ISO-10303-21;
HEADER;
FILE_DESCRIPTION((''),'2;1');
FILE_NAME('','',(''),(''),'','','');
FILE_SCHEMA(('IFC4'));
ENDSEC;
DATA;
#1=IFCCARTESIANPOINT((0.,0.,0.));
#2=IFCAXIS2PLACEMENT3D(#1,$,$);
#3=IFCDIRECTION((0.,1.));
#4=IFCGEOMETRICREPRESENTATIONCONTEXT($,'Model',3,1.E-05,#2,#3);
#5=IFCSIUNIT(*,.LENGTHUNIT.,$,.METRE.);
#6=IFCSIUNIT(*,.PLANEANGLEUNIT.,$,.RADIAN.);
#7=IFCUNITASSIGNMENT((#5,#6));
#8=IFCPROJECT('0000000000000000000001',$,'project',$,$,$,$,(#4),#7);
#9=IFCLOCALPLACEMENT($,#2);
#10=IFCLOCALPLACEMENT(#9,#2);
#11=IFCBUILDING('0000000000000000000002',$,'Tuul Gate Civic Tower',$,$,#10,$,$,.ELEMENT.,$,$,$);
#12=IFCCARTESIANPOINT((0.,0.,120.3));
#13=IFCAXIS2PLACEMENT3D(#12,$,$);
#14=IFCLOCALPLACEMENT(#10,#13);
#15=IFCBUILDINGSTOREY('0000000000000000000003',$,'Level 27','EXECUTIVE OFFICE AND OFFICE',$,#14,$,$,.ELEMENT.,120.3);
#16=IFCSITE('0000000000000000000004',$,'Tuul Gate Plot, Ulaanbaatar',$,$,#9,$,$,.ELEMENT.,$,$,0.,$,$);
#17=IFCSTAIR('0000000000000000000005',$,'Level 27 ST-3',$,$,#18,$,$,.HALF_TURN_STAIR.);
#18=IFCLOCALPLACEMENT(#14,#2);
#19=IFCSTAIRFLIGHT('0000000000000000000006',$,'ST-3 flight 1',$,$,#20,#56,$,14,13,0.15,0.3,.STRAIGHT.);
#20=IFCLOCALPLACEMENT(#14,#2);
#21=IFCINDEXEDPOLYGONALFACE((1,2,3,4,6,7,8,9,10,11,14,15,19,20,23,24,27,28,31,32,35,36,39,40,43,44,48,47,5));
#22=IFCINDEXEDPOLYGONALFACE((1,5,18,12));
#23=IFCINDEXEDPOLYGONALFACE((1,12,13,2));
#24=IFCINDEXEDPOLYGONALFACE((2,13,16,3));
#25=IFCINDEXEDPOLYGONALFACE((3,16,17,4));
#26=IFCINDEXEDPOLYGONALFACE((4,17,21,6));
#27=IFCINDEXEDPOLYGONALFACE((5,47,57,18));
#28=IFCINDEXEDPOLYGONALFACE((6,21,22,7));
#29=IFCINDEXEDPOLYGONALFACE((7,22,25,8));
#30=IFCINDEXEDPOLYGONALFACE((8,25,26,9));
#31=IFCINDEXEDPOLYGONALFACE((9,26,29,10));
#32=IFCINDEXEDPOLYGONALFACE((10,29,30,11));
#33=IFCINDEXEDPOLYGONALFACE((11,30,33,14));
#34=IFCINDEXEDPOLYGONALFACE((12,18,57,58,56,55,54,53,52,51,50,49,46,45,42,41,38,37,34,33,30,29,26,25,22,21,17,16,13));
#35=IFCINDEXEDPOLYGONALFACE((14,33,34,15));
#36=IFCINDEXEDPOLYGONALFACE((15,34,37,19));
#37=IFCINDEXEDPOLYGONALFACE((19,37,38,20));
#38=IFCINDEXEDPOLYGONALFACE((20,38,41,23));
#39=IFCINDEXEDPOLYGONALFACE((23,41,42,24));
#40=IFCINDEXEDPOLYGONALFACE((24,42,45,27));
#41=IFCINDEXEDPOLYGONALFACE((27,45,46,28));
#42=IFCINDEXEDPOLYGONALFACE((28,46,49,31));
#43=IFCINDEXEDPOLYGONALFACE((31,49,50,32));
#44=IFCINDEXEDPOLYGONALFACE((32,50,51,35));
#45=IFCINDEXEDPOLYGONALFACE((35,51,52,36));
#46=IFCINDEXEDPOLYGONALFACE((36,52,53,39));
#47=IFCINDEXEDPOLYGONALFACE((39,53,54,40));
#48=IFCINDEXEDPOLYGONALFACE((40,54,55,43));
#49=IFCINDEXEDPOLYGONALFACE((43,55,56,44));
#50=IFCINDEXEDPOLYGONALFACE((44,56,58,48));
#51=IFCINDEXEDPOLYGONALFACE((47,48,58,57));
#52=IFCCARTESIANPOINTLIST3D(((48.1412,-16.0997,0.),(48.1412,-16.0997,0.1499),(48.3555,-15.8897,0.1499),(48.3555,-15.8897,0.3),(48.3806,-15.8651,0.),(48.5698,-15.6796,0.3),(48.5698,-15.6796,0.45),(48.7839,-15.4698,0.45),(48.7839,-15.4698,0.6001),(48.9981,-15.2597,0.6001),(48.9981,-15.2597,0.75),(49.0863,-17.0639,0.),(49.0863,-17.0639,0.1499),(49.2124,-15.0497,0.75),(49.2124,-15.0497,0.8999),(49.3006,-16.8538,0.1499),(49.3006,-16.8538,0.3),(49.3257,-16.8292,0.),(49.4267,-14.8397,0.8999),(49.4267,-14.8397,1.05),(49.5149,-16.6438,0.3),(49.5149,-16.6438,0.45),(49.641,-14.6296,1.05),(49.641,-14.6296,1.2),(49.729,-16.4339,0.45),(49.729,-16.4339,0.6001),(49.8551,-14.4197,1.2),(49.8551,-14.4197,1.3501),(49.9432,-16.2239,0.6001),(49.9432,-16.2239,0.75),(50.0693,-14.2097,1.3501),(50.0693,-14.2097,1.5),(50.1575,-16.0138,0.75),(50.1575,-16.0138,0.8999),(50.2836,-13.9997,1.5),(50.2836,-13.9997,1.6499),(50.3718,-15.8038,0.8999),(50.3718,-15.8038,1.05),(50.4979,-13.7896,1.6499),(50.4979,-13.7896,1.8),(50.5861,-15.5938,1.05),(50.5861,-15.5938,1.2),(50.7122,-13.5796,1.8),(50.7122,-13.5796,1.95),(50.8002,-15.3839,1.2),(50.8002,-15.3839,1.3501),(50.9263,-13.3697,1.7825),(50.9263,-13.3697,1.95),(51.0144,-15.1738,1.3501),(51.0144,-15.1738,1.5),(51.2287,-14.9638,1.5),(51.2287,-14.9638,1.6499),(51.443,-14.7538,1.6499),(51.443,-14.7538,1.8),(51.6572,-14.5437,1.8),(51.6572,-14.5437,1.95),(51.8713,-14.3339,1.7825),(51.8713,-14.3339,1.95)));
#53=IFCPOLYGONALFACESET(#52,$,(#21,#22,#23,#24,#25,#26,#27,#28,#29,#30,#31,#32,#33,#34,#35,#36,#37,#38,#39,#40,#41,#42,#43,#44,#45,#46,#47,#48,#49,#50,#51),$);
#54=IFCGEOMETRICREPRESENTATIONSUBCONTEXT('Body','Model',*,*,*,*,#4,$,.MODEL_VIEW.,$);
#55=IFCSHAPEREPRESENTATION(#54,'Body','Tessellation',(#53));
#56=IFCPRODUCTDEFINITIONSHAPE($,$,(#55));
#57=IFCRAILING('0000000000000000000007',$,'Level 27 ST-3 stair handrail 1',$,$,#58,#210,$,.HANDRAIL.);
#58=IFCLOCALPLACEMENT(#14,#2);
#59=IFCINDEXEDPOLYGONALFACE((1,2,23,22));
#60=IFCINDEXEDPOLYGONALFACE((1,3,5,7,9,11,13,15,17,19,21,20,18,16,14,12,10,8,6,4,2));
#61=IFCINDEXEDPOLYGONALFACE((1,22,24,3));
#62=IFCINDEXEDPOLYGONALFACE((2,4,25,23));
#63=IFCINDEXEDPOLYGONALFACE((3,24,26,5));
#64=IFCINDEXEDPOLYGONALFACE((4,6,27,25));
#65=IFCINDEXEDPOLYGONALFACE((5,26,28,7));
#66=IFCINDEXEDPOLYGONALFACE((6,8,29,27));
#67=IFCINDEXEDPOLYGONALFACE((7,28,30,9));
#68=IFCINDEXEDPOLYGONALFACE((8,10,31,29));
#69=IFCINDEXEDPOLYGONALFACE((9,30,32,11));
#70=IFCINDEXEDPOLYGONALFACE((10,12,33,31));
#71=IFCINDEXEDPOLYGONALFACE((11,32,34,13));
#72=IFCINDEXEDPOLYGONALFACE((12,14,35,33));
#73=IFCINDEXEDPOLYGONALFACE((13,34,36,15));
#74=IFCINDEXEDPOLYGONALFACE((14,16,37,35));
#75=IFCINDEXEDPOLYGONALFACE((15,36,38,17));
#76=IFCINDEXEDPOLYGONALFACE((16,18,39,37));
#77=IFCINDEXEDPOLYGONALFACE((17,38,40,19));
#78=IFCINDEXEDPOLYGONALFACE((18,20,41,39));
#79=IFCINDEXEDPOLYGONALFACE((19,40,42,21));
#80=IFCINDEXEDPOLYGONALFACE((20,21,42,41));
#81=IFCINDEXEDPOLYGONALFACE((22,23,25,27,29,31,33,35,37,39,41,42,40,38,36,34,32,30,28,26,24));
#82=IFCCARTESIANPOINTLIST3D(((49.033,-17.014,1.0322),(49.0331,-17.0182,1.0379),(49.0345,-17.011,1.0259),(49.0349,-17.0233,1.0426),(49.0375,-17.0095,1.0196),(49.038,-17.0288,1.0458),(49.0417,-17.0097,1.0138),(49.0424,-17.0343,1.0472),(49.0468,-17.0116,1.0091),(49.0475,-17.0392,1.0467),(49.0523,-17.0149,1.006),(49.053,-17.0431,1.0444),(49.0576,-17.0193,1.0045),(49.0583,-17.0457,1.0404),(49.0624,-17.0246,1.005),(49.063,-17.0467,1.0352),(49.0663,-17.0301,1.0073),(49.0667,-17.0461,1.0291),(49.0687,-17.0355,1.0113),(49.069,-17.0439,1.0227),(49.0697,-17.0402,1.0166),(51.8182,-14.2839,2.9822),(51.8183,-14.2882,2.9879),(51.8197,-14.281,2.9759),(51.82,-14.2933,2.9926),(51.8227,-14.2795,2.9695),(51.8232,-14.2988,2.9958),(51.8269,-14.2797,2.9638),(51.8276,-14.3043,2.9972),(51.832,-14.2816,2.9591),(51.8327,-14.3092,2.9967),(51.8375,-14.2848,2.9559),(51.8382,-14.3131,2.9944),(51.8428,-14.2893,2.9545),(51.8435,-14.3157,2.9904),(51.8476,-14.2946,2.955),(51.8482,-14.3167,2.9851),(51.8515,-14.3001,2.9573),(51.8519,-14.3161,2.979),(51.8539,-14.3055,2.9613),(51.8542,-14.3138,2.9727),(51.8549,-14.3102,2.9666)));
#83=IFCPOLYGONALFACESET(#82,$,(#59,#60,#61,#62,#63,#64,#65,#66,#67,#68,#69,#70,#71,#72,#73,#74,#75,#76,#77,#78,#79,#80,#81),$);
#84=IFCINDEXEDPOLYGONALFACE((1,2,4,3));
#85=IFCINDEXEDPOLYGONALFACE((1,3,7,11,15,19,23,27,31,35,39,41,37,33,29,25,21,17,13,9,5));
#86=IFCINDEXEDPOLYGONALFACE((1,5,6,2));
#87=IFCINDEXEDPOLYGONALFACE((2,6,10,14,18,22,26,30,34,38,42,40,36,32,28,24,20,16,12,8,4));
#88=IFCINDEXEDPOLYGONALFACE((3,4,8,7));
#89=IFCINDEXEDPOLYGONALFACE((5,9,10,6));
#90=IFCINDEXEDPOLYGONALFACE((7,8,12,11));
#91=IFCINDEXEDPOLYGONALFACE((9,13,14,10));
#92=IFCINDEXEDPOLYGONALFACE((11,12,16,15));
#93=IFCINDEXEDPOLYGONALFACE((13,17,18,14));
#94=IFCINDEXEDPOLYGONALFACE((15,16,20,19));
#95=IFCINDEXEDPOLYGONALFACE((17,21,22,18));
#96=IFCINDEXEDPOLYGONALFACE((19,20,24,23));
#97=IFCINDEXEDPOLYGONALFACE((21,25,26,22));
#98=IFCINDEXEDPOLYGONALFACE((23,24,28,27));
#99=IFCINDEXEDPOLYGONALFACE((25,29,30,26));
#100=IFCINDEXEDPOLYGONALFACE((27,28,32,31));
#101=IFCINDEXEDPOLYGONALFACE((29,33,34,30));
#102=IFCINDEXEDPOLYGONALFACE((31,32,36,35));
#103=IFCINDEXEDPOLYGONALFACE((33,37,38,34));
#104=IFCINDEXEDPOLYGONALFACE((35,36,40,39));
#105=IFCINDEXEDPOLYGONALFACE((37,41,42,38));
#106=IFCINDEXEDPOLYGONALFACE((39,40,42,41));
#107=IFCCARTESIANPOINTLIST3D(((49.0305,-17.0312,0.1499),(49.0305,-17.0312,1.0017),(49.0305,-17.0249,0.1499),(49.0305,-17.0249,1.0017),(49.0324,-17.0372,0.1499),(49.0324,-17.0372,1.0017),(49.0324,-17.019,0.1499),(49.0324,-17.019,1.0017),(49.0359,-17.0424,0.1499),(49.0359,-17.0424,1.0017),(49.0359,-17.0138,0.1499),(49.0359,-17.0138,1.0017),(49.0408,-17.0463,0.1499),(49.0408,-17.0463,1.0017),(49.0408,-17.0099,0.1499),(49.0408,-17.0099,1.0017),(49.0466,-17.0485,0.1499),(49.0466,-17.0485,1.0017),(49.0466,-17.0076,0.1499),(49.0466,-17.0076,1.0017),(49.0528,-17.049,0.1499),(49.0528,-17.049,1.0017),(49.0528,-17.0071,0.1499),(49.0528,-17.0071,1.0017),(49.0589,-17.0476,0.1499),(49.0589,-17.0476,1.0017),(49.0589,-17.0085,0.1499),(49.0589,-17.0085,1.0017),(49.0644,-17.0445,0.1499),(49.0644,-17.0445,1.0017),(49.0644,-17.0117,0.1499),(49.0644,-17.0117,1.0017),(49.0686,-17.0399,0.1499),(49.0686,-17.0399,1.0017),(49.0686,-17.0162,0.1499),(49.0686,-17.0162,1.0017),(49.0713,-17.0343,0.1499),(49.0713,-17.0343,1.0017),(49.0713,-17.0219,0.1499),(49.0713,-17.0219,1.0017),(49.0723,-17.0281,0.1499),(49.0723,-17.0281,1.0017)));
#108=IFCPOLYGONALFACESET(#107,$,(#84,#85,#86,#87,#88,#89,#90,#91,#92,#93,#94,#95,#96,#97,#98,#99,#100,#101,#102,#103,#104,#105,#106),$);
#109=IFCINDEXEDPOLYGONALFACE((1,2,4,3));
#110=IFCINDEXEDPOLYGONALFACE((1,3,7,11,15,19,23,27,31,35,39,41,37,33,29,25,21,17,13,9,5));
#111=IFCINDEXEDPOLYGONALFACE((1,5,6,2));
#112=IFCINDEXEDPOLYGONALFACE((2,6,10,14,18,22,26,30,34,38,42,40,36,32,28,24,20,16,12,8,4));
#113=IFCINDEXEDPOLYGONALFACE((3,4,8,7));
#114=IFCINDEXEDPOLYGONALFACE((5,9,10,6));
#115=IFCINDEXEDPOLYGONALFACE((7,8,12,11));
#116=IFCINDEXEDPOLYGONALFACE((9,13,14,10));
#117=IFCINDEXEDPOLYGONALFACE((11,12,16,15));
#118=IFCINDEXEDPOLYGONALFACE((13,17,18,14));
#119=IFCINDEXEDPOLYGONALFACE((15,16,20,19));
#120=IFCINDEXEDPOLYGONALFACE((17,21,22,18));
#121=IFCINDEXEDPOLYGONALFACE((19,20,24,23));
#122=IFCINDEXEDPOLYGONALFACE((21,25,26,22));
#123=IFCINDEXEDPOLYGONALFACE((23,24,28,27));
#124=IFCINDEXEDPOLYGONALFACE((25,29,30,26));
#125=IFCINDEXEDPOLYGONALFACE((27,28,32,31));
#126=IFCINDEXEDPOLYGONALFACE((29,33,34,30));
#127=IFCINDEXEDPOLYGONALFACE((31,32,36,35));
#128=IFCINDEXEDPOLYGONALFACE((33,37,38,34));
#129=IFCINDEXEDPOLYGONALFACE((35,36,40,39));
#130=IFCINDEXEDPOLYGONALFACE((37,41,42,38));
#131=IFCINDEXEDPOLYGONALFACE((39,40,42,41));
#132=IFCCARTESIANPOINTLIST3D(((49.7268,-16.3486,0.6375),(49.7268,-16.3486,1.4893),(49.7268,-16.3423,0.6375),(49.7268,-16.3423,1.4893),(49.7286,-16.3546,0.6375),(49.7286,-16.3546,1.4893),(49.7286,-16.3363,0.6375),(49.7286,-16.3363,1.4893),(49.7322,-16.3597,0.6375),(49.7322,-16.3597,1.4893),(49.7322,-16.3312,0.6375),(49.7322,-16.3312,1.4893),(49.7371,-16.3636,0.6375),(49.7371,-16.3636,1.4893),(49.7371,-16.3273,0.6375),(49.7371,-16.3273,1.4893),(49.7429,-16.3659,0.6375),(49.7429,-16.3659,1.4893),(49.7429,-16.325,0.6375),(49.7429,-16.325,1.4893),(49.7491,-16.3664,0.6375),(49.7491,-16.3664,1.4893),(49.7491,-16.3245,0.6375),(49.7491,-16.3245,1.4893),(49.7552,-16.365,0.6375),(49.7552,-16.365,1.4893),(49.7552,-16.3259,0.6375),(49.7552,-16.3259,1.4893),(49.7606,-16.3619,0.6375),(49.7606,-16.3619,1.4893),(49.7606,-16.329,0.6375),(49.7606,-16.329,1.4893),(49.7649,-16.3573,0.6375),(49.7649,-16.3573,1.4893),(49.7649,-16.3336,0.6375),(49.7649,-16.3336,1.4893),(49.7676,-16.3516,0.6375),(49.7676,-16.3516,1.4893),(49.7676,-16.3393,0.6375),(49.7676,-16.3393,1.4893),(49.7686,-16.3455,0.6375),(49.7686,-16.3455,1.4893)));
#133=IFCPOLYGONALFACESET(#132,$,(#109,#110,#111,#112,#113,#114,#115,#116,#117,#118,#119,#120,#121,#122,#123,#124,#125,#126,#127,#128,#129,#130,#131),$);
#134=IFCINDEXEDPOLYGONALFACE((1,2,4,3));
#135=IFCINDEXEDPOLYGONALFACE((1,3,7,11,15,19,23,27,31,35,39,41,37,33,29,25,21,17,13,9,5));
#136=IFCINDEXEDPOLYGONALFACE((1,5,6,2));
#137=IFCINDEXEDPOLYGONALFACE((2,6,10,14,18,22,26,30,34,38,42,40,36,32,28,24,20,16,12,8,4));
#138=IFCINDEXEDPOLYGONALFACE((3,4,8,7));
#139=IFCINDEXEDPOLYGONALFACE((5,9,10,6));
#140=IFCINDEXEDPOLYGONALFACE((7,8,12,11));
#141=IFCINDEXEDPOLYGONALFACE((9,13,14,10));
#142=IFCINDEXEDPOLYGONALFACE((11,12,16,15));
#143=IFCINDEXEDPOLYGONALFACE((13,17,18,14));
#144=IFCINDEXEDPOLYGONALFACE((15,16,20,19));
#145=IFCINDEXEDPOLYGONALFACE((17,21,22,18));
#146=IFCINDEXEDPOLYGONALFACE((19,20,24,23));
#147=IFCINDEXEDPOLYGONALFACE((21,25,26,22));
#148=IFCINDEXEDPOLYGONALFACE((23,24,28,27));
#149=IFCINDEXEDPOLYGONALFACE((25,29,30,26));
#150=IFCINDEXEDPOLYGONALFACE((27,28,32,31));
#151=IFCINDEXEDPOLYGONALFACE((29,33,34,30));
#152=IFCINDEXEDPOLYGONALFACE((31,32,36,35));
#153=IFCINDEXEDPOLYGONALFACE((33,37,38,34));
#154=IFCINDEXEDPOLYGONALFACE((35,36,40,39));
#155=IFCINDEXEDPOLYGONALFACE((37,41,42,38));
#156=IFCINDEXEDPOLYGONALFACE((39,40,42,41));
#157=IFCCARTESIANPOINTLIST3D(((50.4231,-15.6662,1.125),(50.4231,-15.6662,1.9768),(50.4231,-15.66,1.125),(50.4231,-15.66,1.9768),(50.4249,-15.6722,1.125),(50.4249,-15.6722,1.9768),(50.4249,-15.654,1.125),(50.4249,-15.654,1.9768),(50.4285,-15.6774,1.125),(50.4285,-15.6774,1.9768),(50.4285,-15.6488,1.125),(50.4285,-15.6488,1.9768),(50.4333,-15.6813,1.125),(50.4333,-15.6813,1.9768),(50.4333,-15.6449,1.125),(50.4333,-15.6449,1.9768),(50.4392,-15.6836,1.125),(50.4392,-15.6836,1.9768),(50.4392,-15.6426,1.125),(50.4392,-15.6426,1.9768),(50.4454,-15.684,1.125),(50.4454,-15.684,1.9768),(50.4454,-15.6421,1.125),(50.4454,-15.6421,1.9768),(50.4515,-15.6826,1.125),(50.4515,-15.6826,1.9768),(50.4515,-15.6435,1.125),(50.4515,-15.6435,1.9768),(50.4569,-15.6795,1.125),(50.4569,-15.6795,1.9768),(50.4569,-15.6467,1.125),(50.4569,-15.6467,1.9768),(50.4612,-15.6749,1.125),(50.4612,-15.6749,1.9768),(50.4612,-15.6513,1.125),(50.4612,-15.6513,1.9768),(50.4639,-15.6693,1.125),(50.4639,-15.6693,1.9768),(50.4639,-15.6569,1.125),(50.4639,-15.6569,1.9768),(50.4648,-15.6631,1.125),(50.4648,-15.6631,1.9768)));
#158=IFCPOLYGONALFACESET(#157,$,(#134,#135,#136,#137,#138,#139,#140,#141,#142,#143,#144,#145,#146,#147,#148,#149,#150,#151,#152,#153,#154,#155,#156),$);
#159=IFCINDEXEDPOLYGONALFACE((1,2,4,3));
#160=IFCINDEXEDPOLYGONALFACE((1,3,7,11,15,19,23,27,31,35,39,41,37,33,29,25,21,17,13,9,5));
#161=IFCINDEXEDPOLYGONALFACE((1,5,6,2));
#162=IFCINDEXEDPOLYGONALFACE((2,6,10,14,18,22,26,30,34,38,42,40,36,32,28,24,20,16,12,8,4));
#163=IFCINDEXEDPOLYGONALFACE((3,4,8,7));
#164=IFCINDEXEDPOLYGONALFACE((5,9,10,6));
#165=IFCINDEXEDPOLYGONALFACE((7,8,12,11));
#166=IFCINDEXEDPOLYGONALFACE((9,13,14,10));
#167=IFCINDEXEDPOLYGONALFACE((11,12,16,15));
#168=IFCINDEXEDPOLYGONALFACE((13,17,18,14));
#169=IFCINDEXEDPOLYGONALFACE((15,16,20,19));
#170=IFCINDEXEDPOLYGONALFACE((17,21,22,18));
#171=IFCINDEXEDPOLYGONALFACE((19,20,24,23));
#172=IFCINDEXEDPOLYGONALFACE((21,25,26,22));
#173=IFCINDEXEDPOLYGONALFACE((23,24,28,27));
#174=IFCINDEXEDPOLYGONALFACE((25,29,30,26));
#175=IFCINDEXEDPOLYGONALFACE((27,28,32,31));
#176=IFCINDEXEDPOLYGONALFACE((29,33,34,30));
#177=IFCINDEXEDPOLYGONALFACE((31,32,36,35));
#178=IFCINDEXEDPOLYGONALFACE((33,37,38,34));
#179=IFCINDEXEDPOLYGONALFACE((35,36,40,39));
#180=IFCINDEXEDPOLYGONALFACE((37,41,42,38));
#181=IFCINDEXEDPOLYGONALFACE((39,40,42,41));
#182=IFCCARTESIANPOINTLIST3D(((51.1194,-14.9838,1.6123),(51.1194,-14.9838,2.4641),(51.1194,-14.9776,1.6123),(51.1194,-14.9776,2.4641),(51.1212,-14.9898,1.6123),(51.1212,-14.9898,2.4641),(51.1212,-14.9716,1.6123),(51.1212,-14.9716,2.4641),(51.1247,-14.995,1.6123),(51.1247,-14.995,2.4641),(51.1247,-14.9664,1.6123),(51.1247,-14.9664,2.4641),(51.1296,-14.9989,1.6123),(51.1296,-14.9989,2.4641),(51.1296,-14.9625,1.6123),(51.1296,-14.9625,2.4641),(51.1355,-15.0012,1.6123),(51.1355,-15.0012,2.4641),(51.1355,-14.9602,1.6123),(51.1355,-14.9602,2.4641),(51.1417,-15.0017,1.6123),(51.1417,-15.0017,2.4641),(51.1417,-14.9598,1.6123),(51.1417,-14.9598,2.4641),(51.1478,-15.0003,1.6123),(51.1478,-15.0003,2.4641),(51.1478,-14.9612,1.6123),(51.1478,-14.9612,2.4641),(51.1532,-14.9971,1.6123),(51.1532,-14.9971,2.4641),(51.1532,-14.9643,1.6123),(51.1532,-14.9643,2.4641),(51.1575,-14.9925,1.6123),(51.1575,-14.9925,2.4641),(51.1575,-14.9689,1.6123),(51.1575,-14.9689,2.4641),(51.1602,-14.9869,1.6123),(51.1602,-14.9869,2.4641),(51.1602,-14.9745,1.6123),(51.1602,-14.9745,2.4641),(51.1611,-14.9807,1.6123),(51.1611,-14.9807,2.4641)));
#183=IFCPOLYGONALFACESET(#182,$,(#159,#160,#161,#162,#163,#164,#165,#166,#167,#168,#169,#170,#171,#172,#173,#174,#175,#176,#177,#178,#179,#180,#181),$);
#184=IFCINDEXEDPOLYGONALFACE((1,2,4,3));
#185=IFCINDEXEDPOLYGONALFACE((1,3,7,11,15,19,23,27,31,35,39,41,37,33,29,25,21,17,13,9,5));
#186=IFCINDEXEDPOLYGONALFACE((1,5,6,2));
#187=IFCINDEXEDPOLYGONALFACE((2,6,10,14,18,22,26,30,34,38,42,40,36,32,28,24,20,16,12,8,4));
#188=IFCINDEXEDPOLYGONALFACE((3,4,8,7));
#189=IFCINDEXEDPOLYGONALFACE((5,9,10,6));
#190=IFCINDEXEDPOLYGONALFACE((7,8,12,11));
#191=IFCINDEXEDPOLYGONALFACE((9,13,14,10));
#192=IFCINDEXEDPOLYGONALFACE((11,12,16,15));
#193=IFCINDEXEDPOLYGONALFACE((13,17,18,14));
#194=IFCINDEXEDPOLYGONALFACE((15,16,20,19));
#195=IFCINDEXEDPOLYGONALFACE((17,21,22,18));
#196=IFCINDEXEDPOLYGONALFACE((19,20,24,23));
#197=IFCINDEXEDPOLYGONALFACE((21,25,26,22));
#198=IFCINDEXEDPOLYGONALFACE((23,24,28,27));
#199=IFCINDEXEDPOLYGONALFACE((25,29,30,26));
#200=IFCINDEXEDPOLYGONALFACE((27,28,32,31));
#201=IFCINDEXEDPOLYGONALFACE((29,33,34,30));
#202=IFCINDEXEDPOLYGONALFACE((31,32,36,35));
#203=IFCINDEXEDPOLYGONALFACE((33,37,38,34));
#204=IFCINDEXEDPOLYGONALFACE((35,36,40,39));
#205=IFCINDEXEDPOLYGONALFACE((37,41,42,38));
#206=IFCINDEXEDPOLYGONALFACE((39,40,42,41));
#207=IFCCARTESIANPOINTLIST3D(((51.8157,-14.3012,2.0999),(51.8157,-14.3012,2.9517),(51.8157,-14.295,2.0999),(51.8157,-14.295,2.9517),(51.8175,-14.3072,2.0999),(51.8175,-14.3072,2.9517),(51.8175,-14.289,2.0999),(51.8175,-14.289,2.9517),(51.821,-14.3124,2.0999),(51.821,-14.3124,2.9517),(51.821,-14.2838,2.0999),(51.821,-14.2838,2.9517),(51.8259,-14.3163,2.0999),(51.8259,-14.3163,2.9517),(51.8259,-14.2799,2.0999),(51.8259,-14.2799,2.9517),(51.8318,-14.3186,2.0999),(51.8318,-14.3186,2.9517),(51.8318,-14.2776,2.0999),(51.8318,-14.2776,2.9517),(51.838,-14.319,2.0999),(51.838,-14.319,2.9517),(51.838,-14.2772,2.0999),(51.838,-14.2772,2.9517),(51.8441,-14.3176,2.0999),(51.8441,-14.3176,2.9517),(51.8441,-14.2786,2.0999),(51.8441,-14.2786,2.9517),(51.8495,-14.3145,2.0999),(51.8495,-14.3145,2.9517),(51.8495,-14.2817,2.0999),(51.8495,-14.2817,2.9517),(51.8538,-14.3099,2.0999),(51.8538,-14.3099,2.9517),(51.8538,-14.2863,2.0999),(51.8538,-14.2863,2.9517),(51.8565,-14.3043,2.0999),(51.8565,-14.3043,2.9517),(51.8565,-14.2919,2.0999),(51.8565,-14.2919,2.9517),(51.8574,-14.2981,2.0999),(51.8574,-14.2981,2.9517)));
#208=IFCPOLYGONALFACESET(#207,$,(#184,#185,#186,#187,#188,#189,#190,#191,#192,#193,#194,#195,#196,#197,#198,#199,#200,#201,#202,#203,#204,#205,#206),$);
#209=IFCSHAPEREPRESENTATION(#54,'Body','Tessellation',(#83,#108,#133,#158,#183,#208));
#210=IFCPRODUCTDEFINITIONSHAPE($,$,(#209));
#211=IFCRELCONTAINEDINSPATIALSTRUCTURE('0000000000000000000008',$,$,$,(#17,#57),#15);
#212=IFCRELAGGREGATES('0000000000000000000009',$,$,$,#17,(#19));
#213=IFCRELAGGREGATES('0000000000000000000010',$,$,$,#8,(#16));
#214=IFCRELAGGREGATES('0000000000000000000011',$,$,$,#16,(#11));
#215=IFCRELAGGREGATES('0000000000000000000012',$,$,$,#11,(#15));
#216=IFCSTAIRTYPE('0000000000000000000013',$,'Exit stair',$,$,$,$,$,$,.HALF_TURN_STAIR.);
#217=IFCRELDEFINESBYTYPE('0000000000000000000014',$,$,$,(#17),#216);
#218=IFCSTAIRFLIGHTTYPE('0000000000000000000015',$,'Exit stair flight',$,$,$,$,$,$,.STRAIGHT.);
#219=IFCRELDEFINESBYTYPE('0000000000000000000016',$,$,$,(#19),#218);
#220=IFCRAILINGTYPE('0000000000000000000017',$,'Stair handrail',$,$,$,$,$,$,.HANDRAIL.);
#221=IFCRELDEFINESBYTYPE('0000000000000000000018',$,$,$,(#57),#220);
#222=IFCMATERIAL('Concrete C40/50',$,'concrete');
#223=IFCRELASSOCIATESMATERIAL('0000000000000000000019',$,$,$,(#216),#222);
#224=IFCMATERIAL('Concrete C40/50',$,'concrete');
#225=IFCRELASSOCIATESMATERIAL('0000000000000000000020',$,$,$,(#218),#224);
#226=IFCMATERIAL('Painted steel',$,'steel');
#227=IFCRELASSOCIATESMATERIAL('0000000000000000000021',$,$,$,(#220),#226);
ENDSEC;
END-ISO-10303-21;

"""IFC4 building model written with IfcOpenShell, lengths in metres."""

from ifc_helpers import new_model, si_unit, direction, frame, origin, origin_2d, place, context, subcontext, project, spatial, polyline, circle, outline, extrude, material, type_object, element, aggregate, save


model = new_model("IFC4")

# Units and contexts
model_context = context("Model", 3, precision=1e-05, world=origin(), true_north=direction((0.0, 1.0)))
body_context = subcontext(model_context, "Body", "Model", "MODEL_VIEW")
ifc_project = project(units=[si_unit("LENGTHUNIT", "METRE"), si_unit("PLANEANGLEUNIT", "RADIAN")], contexts=[model_context])

# Site, building, storey
site_placement = place(None, origin())
site = spatial("IfcSite", under=ifc_project, at=site_placement, Name="Tuul Gate Plot, Ulaanbaatar", CompositionType="ELEMENT", RefElevation=0.0)
building_placement = place(site_placement, origin())
building = spatial("IfcBuilding", under=site, at=building_placement, Name="Tuul Gate Civic Tower", CompositionType="ELEMENT")
storey_placement = place(building_placement, frame((0.0, 0.0, 120.3)))
storey = spatial("IfcBuildingStorey", under=building, at=storey_placement, Name="Level 27", Description="EXECUTIVE OFFICE AND OFFICE", CompositionType="ELEMENT", Elevation=120.3)

# Stair, stair flight
ifc_material_1 = material(Name="Concrete C40/50", Category="concrete")
stair_type = type_object("IfcStairType", Name="Exit stair", PredefinedType="HALF_TURN_STAIR", material=ifc_material_1)
stair_placement = place(storey_placement, origin())
stair = element("IfcStair", 1, at=stair_placement, inside=storey, type_object=stair_type, Name="Level 27 ST-3", PredefinedType="HALF_TURN_STAIR")
ifc_material_2 = material(Name="Concrete C40/50", Category="concrete")
stair_flight_type = type_object("IfcStairFlightType", Name="Exit stair flight", PredefinedType="STRAIGHT", material=ifc_material_2)
stair_flight_placement = place(storey_placement, frame((48.6138, -16.5818, 0.0), z_axis=(0.0, 0.0, 1.0), x_axis=(0.714127, 0.700016, 0.0)))
stair_flight = element("IfcStairFlight", 2, at=stair_flight_placement, type_object=stair_flight_type, Name="ST-3 flight 1", NumberOfRisers=14, NumberOfTreads=13, PredefinedType="STRAIGHT", RiserHeight=0.15, TreadLength=0.3, context=body_context, shape_type="SweptSolid", body=[
    extrude(outline(polyline([(0.0, 0.0), (0.0, 0.1499), (0.3, 0.1499), (0.3, 0.3), (0.6001, 0.3), (0.6001, 0.45), (0.8999, 0.45), (0.8999, 0.6001), (1.2, 0.6001), (1.2, 0.75), (1.5, 0.75), (1.5, 0.8999), (1.8, 0.8999), (1.8, 1.05), (2.1001, 1.05), (2.1001, 1.2), (2.3999, 1.2), (2.3999, 1.3501), (2.7, 1.3501), (2.7, 1.5), (3.0, 1.5), (3.0, 1.6499), (3.3, 1.6499), (3.3, 1.8), (3.6001, 1.8), (3.6001, 1.95), (3.8999, 1.95), (3.8999, 2.1001), (3.8999, 1.7825), (0.3352, 0.0), (0.0, 0.0)])), frame((0.0, 0.675, 0.0), z_axis=(0.0, -1.0, 0.0), x_axis=(1.0, 0.0, 0.0)), (0.0, 0.0, 1.0), 1.3501),
])
aggregate(stair, [stair_flight])

# Railing
ifc_material_3 = material(Name="Painted steel", Category="steel")
railing_type = type_object("IfcRailingType", Name="Stair handrail", PredefinedType="HANDRAIL", material=ifc_material_3)
railing_placement = place(storey_placement, frame((49.0513, -17.0281, 0.1499)))
element("IfcRailing", 3, at=railing_placement, inside=storey, type_object=railing_type, Name="Level 27 ST-3 stair handrail 1", PredefinedType="HANDRAIL", context=body_context, shape_type="SweptSolid", body=[
    extrude(circle(Radius=0.0239, at=origin_2d()), frame((0.0, 0.0, 0.876), z_axis=(0.638754, 0.6261, 0.447206), x_axis=(-0.699998, 0.714145, 0.0)), (0.0, 0.0, 1.0), 4.3604),
    extrude(circle(Radius=0.021, at=origin_2d()), origin(), (0.0, 0.0, 1.0), 0.8518),
    extrude(circle(Radius=0.021, at=origin_2d()), frame((0.6963, 0.6826, 0.4875)), (0.0, 0.0, 1.0), 0.8518),
    extrude(circle(Radius=0.021, at=origin_2d()), frame((1.3926, 1.365, 0.9751)), (0.0, 0.0, 1.0), 0.8518),
    extrude(circle(Radius=0.021, at=origin_2d()), frame((2.0889, 2.0474, 1.4624)), (0.0, 0.0, 1.0), 0.8518),
    extrude(circle(Radius=0.021, at=origin_2d()), frame((2.7852, 2.73, 1.95)), (0.0, 0.0, 1.0), 0.8518),
])

save(model, "model.ifc")
